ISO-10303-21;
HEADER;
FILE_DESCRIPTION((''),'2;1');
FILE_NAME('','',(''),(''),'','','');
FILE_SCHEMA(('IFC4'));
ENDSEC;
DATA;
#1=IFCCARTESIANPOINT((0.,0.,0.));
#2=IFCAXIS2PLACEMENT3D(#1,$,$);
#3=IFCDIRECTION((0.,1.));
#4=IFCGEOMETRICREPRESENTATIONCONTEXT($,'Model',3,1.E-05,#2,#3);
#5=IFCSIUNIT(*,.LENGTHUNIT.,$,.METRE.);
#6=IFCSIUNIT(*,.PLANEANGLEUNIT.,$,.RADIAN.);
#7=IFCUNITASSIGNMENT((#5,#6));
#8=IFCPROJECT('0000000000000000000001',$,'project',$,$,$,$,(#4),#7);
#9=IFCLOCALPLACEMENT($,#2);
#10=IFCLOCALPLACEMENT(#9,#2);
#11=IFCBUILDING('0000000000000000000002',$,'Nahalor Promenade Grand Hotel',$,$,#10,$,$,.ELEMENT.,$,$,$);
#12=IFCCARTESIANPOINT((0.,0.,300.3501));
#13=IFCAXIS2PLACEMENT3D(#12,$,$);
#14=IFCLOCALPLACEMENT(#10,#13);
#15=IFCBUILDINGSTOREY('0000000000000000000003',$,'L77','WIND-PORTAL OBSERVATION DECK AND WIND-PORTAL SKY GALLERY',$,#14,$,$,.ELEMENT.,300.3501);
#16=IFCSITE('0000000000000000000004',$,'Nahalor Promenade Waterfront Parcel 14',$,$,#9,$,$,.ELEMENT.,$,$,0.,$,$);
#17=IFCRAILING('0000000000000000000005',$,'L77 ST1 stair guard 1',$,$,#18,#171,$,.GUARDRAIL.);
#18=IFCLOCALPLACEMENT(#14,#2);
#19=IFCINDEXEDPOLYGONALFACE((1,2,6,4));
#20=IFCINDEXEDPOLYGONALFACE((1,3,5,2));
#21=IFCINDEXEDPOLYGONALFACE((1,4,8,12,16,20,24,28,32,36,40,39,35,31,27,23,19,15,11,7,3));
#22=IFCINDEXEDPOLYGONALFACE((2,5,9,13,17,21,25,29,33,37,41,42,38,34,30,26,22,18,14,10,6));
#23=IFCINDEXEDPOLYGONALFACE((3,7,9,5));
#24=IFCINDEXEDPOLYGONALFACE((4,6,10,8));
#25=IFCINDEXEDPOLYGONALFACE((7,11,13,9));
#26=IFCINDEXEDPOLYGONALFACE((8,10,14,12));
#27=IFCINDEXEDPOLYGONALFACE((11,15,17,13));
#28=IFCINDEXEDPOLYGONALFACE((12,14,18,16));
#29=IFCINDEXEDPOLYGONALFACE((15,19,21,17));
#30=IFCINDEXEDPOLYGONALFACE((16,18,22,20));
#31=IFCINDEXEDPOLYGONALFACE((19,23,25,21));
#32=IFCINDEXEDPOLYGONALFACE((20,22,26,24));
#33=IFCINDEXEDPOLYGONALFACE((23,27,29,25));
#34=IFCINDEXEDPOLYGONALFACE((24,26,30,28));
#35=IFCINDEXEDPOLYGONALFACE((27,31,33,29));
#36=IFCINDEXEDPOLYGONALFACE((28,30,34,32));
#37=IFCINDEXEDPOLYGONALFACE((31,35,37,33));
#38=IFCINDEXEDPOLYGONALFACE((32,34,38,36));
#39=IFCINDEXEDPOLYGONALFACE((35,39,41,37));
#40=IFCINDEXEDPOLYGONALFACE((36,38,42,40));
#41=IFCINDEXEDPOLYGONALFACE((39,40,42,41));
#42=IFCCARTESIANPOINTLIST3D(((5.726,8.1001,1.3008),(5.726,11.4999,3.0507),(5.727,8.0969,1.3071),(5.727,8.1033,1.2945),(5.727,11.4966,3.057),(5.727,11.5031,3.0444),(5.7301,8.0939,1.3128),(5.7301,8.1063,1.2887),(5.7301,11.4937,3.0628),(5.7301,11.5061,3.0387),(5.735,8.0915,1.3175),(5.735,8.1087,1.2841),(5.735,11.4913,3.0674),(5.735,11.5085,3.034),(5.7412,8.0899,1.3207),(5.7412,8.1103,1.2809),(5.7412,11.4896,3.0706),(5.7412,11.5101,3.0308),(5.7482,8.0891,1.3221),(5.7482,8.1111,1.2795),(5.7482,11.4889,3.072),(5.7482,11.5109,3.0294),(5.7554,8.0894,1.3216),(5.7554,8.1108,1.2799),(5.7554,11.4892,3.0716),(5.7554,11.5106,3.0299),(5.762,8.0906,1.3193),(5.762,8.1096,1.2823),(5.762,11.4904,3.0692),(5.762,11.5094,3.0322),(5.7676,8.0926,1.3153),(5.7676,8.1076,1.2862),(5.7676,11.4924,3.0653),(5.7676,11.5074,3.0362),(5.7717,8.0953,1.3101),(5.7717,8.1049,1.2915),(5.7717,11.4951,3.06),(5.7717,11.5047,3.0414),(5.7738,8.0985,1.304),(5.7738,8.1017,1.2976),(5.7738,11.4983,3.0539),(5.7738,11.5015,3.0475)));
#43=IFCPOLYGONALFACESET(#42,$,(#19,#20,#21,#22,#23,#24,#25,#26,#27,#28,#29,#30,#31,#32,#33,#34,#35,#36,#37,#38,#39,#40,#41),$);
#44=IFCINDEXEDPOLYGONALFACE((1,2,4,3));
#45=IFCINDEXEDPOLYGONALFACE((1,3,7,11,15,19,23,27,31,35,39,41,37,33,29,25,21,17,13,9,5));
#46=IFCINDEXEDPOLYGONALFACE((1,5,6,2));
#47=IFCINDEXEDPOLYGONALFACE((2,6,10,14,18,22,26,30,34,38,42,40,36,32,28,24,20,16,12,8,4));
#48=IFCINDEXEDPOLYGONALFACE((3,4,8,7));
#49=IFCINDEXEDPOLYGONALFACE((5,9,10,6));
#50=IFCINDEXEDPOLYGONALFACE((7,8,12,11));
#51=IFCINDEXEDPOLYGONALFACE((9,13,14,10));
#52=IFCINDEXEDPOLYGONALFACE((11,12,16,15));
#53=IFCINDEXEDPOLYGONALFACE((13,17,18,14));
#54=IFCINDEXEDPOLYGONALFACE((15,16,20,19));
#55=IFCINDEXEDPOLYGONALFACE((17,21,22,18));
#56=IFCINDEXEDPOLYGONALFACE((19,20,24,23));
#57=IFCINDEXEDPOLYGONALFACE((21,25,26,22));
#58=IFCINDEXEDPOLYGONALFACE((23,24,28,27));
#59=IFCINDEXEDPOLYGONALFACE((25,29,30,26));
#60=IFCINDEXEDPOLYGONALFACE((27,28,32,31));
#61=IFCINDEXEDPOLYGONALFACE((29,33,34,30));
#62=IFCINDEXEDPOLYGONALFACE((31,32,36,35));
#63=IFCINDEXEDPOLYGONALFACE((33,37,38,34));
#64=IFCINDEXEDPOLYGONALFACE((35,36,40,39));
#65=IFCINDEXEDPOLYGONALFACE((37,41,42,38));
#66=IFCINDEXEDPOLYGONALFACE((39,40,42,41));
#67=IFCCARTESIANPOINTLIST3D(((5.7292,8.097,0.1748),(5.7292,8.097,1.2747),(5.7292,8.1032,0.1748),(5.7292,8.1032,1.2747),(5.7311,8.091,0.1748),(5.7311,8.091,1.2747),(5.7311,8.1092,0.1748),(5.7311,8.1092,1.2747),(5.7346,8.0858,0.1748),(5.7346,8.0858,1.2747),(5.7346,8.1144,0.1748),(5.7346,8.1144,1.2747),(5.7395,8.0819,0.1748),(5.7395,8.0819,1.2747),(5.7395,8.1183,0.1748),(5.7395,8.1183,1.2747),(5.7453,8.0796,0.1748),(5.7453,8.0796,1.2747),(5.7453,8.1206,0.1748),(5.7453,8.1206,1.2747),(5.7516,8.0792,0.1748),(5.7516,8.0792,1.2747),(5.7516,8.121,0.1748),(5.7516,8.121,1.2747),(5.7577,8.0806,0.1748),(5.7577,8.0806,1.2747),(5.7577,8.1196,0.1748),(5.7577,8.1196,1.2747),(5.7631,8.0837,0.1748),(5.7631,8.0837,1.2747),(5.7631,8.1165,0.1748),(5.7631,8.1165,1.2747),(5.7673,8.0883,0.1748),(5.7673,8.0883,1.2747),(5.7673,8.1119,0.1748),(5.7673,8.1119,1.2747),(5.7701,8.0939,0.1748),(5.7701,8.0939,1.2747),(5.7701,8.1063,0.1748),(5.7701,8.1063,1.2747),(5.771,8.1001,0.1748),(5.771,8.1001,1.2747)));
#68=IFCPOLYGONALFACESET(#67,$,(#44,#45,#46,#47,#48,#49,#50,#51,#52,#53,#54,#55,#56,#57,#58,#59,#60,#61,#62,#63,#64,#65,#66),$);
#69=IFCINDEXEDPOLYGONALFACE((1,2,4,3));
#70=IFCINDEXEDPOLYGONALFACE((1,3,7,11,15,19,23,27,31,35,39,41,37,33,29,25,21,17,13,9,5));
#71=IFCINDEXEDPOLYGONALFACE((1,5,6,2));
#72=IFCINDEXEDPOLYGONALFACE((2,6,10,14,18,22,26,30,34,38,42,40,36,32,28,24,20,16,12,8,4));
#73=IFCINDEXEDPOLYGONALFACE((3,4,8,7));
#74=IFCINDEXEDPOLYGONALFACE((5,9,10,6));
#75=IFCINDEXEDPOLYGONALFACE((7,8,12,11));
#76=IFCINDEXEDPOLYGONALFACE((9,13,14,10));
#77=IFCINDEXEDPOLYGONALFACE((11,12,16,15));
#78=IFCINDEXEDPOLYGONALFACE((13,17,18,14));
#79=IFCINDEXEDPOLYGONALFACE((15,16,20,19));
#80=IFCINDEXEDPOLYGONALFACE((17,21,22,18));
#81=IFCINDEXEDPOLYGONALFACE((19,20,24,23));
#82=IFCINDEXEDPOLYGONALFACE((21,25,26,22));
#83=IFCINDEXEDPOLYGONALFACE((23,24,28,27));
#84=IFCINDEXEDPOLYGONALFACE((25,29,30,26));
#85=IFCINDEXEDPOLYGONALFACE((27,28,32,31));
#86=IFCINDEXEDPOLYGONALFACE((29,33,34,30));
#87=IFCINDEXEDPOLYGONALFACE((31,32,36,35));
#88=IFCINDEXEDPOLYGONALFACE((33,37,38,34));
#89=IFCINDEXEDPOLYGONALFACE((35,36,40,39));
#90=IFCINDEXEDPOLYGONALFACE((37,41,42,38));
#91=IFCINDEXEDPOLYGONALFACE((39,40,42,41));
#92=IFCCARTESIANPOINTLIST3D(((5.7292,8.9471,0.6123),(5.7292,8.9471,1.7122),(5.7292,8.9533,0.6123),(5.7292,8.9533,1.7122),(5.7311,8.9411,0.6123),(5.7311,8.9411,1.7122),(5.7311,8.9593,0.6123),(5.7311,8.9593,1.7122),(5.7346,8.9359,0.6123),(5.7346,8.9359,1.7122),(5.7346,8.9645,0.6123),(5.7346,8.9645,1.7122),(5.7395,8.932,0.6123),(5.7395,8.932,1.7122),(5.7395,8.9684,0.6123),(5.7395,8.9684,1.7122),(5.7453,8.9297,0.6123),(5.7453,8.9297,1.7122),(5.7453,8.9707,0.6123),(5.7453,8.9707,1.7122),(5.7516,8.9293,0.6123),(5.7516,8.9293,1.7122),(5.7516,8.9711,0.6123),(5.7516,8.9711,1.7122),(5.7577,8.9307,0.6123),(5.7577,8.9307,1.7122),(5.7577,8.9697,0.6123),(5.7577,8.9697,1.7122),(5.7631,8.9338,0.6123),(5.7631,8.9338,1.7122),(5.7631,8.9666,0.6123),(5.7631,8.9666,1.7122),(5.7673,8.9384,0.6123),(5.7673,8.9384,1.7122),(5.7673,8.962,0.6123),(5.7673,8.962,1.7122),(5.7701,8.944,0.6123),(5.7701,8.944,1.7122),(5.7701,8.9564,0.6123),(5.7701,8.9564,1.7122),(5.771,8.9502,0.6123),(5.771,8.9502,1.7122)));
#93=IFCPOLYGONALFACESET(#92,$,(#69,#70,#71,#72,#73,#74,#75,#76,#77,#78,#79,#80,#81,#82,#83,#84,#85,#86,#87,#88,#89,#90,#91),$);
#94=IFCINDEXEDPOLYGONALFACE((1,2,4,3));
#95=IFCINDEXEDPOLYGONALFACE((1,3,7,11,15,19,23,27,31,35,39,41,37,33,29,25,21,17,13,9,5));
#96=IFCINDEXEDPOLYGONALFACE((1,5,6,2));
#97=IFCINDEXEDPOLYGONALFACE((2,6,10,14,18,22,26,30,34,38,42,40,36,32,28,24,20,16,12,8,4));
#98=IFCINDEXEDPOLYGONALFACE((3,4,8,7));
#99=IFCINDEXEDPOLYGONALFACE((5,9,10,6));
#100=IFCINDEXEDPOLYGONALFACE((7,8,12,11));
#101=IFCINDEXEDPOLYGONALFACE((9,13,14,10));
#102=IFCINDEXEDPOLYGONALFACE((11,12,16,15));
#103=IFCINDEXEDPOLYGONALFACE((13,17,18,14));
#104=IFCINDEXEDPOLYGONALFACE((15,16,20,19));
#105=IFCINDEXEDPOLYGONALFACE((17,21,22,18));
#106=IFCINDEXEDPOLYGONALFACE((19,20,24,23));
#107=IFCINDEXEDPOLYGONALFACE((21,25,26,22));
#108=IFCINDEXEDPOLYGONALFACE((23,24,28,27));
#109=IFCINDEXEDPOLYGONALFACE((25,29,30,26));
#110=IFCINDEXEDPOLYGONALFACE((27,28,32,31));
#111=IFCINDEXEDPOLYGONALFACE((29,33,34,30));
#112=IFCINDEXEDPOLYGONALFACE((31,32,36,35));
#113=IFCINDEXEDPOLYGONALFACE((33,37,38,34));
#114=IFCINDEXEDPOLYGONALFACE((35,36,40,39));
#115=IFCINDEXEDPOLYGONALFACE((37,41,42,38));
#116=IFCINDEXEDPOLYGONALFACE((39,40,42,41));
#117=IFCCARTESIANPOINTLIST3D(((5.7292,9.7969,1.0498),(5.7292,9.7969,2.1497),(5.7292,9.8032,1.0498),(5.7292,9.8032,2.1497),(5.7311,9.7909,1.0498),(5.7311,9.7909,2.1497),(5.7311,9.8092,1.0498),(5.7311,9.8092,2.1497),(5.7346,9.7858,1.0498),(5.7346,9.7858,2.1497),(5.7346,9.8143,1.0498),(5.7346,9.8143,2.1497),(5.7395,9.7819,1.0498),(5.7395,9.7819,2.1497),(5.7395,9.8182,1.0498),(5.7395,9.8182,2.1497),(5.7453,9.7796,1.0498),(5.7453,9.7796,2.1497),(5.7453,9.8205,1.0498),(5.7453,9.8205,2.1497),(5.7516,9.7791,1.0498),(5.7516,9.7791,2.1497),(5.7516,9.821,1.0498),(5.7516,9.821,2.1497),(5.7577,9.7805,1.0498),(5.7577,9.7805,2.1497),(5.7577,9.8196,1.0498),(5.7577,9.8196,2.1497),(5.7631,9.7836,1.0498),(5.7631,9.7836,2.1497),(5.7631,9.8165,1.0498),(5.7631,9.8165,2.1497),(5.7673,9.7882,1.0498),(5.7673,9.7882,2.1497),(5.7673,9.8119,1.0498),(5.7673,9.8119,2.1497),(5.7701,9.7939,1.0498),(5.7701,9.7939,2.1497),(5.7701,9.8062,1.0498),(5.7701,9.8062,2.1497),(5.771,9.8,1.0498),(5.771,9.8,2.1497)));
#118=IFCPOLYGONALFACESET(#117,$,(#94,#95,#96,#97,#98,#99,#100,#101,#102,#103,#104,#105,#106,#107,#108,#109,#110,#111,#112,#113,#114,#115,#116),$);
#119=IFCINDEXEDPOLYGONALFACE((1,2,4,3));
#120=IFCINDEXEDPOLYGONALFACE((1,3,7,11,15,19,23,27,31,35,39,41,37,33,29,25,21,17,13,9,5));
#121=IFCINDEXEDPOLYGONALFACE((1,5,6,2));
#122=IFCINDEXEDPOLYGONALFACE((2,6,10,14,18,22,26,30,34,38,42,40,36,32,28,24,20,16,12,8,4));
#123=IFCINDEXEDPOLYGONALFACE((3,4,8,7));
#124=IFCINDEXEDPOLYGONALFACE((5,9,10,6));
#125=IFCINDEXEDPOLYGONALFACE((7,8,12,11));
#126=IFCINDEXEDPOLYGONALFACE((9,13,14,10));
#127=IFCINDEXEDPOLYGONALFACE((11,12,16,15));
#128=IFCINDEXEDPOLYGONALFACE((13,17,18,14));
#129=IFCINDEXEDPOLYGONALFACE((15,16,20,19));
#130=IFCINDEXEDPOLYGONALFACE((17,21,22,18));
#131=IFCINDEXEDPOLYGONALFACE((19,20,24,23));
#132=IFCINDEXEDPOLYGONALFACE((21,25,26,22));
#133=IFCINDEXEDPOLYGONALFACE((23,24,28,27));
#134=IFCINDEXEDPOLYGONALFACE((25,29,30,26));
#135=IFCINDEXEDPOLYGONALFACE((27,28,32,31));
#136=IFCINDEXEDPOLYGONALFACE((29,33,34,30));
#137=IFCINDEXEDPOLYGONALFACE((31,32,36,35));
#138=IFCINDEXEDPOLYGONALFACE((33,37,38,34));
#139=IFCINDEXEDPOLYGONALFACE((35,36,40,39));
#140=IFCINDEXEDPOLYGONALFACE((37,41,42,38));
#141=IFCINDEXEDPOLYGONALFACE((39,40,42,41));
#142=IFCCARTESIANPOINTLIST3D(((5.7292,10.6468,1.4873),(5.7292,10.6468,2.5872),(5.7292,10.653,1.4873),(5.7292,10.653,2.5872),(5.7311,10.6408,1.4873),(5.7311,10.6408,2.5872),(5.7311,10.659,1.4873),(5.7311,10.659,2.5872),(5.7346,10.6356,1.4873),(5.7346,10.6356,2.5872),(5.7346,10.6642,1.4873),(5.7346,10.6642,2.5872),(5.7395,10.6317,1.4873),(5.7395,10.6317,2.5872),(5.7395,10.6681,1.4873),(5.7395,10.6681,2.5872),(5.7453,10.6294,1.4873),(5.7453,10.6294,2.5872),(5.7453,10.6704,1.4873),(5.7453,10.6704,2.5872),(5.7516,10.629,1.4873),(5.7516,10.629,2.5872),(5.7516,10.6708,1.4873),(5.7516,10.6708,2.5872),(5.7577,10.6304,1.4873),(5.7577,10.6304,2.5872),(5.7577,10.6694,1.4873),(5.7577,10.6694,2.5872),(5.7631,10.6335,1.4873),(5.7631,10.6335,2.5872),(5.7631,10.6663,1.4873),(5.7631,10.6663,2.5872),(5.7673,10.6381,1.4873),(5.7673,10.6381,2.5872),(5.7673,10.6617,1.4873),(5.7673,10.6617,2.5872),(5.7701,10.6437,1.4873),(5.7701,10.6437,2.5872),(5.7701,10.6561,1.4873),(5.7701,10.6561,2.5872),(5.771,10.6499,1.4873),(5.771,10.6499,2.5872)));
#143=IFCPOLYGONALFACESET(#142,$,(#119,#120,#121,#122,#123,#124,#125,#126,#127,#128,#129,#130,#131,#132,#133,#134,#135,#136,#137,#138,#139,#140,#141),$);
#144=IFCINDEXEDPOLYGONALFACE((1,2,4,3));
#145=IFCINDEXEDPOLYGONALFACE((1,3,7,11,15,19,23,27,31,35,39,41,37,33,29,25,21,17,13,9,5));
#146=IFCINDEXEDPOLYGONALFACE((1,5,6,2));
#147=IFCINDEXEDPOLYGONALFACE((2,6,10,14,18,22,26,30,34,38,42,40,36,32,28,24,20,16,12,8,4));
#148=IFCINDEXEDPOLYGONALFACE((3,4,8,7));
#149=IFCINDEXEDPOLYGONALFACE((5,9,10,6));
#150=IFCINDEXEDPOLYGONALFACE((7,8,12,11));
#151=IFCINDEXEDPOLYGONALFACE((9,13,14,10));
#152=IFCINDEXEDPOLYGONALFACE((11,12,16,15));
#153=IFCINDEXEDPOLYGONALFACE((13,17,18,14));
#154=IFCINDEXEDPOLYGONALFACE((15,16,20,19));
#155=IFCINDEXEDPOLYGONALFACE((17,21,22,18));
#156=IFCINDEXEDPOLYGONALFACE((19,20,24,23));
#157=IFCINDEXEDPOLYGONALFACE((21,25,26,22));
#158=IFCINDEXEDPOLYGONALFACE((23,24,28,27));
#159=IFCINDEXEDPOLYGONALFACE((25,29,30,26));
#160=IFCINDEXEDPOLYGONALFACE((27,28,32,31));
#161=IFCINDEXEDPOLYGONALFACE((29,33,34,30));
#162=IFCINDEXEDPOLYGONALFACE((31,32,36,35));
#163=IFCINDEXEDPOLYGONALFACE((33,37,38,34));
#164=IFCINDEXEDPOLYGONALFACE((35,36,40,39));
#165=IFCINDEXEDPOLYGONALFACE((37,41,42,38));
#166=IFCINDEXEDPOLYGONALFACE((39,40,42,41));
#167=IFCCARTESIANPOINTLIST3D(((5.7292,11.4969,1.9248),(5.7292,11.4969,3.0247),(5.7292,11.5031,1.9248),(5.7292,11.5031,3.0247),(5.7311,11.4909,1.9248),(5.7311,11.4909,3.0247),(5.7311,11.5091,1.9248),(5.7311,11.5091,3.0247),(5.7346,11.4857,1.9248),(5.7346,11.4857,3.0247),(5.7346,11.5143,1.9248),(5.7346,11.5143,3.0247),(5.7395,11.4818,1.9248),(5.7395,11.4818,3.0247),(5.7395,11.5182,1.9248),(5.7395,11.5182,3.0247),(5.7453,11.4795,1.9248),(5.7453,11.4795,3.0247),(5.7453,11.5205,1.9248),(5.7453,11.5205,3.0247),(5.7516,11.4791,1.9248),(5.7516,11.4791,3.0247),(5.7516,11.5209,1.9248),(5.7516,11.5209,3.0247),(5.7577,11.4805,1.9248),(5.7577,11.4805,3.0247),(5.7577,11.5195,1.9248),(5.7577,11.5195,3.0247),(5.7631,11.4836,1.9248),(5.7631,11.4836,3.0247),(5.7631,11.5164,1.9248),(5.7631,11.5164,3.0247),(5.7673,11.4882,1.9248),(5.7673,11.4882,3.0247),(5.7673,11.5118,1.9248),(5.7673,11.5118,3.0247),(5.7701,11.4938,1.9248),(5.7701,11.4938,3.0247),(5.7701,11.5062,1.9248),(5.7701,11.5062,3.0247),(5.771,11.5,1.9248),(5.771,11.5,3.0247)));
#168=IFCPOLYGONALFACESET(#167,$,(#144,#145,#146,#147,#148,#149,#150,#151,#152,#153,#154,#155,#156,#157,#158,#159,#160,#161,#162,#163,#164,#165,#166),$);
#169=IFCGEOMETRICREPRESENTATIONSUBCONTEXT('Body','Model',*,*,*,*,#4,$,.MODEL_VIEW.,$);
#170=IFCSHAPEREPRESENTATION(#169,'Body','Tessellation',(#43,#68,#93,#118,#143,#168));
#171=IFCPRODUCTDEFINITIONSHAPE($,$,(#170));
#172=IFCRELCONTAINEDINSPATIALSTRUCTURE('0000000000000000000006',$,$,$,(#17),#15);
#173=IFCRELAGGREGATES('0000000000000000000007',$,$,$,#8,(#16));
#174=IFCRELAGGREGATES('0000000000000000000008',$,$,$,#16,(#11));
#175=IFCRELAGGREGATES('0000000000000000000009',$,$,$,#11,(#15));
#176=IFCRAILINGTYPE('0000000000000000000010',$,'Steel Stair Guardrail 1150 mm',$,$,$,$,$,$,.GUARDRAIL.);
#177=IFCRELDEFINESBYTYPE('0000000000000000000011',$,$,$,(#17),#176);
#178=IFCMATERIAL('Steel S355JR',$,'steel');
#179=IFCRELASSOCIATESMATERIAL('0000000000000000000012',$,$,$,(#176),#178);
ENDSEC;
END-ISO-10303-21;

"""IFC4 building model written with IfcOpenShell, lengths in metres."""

from ifc_helpers import new_model, si_unit, direction, frame, origin, origin_2d, place, context, subcontext, project, spatial, circle, extrude, material, type_object, element, save


model = new_model("IFC4")

# Units and contexts
model_context = context("Model", 3, precision=1e-05, world=origin(), true_north=direction((0.0, 1.0)))
body_context = subcontext(model_context, "Body", "Model", "MODEL_VIEW")
ifc_project = project(units=[si_unit("LENGTHUNIT", "METRE"), si_unit("PLANEANGLEUNIT", "RADIAN")], contexts=[model_context])

# Site, building, storey
site_placement = place(None, origin())
site = spatial("IfcSite", under=ifc_project, at=site_placement, Name="Nahalor Promenade Waterfront Parcel 14", CompositionType="ELEMENT", RefElevation=0.0)
building_placement = place(site_placement, origin())
building = spatial("IfcBuilding", under=site, at=building_placement, Name="Nahalor Promenade Grand Hotel", CompositionType="ELEMENT")
storey_placement = place(building_placement, frame((0.0, 0.0, 300.3501)))
storey = spatial("IfcBuildingStorey", under=building, at=storey_placement, Name="L77", Description="WIND-PORTAL OBSERVATION DECK AND WIND-PORTAL SKY GALLERY", CompositionType="ELEMENT", Elevation=300.3501)

# Shared definitions
ifc_material_1 = material(Name="Steel S355JR", Category="steel")

# Railing
railing_type_1 = type_object("IfcRailingType", Name="Steel Stair Guardrail 1150 mm", PredefinedType="GUARDRAIL", material=ifc_material_1)
railing_1_placement = place(storey_placement, frame((5.75, 8.1001, 0.1748)))
element("IfcRailing", 1, at=railing_1_placement, inside=storey, type_object=railing_type_1, Name="L77 ST1 stair guard 1", PredefinedType="GUARDRAIL", context=body_context, shape_type="SweptSolid", body=[
    extrude(circle(Radius=0.024, at=origin_2d()), frame((0.0, 0.0, 1.126), z_axis=(0.0, 0.88913, 0.457654), x_axis=(-1.0, 0.0, 0.0)), (0.0, 0.0, 1.0), 3.8237),
    extrude(circle(Radius=0.021, at=origin_2d()), origin(), (0.0, 0.0, 1.0), 1.0999),
    extrude(circle(Radius=0.021, at=origin_2d()), frame((0.0, 0.8501, 0.4375)), (0.0, 0.0, 1.0), 1.0999),
    extrude(circle(Radius=0.021, at=origin_2d()), frame((0.0, 1.7, 0.875)), (0.0, 0.0, 1.0), 1.0999),
    extrude(circle(Radius=0.021, at=origin_2d()), frame((0.0, 2.5498, 1.3125)), (0.0, 0.0, 1.0), 1.0999),
    extrude(circle(Radius=0.021, at=origin_2d()), frame((0.0, 3.3999, 1.75)), (0.0, 0.0, 1.0), 1.0999),
])

save(model, "model.ifc")
